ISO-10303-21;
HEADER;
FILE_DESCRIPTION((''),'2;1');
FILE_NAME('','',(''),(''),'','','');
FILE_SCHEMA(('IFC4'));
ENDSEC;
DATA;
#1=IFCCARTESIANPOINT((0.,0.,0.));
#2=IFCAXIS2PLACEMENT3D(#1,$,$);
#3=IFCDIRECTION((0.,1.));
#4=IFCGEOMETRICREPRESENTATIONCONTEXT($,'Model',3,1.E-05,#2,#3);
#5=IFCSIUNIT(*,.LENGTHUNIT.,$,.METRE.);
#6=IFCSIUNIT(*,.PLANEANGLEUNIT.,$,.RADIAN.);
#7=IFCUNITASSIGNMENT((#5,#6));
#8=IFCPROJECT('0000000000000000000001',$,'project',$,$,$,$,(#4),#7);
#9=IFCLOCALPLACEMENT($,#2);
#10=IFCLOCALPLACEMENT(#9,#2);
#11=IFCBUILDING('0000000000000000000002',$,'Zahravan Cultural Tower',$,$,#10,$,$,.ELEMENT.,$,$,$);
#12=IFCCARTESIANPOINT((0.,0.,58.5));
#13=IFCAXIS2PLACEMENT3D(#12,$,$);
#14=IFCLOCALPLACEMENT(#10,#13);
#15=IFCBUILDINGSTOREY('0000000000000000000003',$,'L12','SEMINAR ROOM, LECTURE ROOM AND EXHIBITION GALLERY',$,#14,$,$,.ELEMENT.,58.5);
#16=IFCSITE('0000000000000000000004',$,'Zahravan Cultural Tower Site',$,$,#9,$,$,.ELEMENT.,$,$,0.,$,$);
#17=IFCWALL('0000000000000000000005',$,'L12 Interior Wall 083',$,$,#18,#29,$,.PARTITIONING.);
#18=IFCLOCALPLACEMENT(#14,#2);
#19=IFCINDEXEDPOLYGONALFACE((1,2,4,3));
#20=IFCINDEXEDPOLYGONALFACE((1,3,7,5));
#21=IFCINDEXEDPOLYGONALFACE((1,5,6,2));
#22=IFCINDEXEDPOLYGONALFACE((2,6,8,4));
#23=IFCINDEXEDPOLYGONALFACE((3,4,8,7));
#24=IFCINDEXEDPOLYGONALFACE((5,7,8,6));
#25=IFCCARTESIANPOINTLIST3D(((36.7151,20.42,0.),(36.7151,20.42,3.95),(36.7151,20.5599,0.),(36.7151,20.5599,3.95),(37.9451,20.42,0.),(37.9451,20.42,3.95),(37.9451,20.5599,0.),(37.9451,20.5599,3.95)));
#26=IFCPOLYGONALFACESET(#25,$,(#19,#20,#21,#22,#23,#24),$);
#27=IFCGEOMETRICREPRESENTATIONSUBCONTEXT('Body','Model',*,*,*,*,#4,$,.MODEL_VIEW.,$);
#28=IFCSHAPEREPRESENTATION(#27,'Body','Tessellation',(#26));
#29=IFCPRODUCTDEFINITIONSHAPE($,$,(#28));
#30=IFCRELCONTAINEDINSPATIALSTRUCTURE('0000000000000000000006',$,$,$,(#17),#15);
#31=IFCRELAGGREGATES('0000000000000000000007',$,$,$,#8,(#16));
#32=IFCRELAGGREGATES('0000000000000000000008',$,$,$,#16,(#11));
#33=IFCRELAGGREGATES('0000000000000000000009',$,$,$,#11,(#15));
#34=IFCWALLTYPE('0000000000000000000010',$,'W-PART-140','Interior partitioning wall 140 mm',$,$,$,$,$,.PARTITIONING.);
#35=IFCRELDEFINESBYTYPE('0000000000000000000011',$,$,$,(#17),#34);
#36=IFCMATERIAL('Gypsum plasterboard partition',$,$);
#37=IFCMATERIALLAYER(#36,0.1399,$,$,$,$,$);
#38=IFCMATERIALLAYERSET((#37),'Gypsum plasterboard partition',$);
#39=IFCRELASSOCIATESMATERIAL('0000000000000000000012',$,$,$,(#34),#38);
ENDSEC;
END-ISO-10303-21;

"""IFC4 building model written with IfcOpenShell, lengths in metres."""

from ifc_helpers import new_model, si_unit, direction, frame, frame_2d, origin, place, context, subcontext, project, spatial, rectangle, extrude, source, transform, mapped, material, layer, layer_set, type_object, element, save


model = new_model("IFC4")

# Units and contexts
model_context = context("Model", 3, precision=1e-05, world=origin(), true_north=direction((0.0, 1.0)))
body_context = subcontext(model_context, "Body", "Model", "MODEL_VIEW")
ifc_project = project(units=[si_unit("LENGTHUNIT", "METRE"), si_unit("PLANEANGLEUNIT", "RADIAN")], contexts=[model_context])

# Site, building, storey
site_placement = place(None, origin())
site = spatial("IfcSite", under=ifc_project, at=site_placement, Name="Zahravan Cultural Tower Site", CompositionType="ELEMENT", RefElevation=0.0)
building_placement = place(site_placement, origin())
building = spatial("IfcBuilding", under=site, at=building_placement, Name="Zahravan Cultural Tower", CompositionType="ELEMENT")
storey_placement = place(building_placement, frame((0.0, 0.0, 58.5)))
storey = spatial("IfcBuildingStorey", under=building, at=storey_placement, Name="L12", Description="SEMINAR ROOM, LECTURE ROOM AND EXHIBITION GALLERY", CompositionType="ELEMENT", Elevation=58.5)

# Shared definitions
ifc_material_1 = material(Name="Gypsum plasterboard partition")
ifc_layer_1 = layer(ifc_material_1, 0.1399)
ifc_layer_set_1 = layer_set([ifc_layer_1], Name="Gypsum plasterboard partition")
wall_type_1 = type_object("IfcWallType", Name="W-PART-140", Description="Interior partitioning wall 140 mm", PredefinedType="PARTITIONING", material=ifc_layer_set_1)

# Wall
shared_shape_1 = source(origin(), body_context, "Body", "SweptSolid", [
    extrude(rectangle(XDim=1.23, YDim=0.1399, at=frame_2d((0.615, 0.0))), origin(), (0.0, 0.0, 1.0), 3.95),
])
wall_1_placement = place(storey_placement, frame((37.9451, 20.49, 0.0), z_axis=(0.0, 0.0, 1.0), x_axis=(-1.0, 0.0, 0.0)))
element("IfcWall", 1, at=wall_1_placement, inside=storey, type_object=wall_type_1, Name="L12 Interior Wall 083", PredefinedType="PARTITIONING", context=body_context, shape_type="MappedRepresentation", body=[
    mapped(shared_shape_1, transform((0.0, 0.0, 0.0), x_axis=(1.0, 0.0, 0.0), y_axis=(0.0, 1.0, 0.0), z_axis=(0.0, 0.0, 1.0), scale=1.0)),
])

save(model, "model.ifc")
